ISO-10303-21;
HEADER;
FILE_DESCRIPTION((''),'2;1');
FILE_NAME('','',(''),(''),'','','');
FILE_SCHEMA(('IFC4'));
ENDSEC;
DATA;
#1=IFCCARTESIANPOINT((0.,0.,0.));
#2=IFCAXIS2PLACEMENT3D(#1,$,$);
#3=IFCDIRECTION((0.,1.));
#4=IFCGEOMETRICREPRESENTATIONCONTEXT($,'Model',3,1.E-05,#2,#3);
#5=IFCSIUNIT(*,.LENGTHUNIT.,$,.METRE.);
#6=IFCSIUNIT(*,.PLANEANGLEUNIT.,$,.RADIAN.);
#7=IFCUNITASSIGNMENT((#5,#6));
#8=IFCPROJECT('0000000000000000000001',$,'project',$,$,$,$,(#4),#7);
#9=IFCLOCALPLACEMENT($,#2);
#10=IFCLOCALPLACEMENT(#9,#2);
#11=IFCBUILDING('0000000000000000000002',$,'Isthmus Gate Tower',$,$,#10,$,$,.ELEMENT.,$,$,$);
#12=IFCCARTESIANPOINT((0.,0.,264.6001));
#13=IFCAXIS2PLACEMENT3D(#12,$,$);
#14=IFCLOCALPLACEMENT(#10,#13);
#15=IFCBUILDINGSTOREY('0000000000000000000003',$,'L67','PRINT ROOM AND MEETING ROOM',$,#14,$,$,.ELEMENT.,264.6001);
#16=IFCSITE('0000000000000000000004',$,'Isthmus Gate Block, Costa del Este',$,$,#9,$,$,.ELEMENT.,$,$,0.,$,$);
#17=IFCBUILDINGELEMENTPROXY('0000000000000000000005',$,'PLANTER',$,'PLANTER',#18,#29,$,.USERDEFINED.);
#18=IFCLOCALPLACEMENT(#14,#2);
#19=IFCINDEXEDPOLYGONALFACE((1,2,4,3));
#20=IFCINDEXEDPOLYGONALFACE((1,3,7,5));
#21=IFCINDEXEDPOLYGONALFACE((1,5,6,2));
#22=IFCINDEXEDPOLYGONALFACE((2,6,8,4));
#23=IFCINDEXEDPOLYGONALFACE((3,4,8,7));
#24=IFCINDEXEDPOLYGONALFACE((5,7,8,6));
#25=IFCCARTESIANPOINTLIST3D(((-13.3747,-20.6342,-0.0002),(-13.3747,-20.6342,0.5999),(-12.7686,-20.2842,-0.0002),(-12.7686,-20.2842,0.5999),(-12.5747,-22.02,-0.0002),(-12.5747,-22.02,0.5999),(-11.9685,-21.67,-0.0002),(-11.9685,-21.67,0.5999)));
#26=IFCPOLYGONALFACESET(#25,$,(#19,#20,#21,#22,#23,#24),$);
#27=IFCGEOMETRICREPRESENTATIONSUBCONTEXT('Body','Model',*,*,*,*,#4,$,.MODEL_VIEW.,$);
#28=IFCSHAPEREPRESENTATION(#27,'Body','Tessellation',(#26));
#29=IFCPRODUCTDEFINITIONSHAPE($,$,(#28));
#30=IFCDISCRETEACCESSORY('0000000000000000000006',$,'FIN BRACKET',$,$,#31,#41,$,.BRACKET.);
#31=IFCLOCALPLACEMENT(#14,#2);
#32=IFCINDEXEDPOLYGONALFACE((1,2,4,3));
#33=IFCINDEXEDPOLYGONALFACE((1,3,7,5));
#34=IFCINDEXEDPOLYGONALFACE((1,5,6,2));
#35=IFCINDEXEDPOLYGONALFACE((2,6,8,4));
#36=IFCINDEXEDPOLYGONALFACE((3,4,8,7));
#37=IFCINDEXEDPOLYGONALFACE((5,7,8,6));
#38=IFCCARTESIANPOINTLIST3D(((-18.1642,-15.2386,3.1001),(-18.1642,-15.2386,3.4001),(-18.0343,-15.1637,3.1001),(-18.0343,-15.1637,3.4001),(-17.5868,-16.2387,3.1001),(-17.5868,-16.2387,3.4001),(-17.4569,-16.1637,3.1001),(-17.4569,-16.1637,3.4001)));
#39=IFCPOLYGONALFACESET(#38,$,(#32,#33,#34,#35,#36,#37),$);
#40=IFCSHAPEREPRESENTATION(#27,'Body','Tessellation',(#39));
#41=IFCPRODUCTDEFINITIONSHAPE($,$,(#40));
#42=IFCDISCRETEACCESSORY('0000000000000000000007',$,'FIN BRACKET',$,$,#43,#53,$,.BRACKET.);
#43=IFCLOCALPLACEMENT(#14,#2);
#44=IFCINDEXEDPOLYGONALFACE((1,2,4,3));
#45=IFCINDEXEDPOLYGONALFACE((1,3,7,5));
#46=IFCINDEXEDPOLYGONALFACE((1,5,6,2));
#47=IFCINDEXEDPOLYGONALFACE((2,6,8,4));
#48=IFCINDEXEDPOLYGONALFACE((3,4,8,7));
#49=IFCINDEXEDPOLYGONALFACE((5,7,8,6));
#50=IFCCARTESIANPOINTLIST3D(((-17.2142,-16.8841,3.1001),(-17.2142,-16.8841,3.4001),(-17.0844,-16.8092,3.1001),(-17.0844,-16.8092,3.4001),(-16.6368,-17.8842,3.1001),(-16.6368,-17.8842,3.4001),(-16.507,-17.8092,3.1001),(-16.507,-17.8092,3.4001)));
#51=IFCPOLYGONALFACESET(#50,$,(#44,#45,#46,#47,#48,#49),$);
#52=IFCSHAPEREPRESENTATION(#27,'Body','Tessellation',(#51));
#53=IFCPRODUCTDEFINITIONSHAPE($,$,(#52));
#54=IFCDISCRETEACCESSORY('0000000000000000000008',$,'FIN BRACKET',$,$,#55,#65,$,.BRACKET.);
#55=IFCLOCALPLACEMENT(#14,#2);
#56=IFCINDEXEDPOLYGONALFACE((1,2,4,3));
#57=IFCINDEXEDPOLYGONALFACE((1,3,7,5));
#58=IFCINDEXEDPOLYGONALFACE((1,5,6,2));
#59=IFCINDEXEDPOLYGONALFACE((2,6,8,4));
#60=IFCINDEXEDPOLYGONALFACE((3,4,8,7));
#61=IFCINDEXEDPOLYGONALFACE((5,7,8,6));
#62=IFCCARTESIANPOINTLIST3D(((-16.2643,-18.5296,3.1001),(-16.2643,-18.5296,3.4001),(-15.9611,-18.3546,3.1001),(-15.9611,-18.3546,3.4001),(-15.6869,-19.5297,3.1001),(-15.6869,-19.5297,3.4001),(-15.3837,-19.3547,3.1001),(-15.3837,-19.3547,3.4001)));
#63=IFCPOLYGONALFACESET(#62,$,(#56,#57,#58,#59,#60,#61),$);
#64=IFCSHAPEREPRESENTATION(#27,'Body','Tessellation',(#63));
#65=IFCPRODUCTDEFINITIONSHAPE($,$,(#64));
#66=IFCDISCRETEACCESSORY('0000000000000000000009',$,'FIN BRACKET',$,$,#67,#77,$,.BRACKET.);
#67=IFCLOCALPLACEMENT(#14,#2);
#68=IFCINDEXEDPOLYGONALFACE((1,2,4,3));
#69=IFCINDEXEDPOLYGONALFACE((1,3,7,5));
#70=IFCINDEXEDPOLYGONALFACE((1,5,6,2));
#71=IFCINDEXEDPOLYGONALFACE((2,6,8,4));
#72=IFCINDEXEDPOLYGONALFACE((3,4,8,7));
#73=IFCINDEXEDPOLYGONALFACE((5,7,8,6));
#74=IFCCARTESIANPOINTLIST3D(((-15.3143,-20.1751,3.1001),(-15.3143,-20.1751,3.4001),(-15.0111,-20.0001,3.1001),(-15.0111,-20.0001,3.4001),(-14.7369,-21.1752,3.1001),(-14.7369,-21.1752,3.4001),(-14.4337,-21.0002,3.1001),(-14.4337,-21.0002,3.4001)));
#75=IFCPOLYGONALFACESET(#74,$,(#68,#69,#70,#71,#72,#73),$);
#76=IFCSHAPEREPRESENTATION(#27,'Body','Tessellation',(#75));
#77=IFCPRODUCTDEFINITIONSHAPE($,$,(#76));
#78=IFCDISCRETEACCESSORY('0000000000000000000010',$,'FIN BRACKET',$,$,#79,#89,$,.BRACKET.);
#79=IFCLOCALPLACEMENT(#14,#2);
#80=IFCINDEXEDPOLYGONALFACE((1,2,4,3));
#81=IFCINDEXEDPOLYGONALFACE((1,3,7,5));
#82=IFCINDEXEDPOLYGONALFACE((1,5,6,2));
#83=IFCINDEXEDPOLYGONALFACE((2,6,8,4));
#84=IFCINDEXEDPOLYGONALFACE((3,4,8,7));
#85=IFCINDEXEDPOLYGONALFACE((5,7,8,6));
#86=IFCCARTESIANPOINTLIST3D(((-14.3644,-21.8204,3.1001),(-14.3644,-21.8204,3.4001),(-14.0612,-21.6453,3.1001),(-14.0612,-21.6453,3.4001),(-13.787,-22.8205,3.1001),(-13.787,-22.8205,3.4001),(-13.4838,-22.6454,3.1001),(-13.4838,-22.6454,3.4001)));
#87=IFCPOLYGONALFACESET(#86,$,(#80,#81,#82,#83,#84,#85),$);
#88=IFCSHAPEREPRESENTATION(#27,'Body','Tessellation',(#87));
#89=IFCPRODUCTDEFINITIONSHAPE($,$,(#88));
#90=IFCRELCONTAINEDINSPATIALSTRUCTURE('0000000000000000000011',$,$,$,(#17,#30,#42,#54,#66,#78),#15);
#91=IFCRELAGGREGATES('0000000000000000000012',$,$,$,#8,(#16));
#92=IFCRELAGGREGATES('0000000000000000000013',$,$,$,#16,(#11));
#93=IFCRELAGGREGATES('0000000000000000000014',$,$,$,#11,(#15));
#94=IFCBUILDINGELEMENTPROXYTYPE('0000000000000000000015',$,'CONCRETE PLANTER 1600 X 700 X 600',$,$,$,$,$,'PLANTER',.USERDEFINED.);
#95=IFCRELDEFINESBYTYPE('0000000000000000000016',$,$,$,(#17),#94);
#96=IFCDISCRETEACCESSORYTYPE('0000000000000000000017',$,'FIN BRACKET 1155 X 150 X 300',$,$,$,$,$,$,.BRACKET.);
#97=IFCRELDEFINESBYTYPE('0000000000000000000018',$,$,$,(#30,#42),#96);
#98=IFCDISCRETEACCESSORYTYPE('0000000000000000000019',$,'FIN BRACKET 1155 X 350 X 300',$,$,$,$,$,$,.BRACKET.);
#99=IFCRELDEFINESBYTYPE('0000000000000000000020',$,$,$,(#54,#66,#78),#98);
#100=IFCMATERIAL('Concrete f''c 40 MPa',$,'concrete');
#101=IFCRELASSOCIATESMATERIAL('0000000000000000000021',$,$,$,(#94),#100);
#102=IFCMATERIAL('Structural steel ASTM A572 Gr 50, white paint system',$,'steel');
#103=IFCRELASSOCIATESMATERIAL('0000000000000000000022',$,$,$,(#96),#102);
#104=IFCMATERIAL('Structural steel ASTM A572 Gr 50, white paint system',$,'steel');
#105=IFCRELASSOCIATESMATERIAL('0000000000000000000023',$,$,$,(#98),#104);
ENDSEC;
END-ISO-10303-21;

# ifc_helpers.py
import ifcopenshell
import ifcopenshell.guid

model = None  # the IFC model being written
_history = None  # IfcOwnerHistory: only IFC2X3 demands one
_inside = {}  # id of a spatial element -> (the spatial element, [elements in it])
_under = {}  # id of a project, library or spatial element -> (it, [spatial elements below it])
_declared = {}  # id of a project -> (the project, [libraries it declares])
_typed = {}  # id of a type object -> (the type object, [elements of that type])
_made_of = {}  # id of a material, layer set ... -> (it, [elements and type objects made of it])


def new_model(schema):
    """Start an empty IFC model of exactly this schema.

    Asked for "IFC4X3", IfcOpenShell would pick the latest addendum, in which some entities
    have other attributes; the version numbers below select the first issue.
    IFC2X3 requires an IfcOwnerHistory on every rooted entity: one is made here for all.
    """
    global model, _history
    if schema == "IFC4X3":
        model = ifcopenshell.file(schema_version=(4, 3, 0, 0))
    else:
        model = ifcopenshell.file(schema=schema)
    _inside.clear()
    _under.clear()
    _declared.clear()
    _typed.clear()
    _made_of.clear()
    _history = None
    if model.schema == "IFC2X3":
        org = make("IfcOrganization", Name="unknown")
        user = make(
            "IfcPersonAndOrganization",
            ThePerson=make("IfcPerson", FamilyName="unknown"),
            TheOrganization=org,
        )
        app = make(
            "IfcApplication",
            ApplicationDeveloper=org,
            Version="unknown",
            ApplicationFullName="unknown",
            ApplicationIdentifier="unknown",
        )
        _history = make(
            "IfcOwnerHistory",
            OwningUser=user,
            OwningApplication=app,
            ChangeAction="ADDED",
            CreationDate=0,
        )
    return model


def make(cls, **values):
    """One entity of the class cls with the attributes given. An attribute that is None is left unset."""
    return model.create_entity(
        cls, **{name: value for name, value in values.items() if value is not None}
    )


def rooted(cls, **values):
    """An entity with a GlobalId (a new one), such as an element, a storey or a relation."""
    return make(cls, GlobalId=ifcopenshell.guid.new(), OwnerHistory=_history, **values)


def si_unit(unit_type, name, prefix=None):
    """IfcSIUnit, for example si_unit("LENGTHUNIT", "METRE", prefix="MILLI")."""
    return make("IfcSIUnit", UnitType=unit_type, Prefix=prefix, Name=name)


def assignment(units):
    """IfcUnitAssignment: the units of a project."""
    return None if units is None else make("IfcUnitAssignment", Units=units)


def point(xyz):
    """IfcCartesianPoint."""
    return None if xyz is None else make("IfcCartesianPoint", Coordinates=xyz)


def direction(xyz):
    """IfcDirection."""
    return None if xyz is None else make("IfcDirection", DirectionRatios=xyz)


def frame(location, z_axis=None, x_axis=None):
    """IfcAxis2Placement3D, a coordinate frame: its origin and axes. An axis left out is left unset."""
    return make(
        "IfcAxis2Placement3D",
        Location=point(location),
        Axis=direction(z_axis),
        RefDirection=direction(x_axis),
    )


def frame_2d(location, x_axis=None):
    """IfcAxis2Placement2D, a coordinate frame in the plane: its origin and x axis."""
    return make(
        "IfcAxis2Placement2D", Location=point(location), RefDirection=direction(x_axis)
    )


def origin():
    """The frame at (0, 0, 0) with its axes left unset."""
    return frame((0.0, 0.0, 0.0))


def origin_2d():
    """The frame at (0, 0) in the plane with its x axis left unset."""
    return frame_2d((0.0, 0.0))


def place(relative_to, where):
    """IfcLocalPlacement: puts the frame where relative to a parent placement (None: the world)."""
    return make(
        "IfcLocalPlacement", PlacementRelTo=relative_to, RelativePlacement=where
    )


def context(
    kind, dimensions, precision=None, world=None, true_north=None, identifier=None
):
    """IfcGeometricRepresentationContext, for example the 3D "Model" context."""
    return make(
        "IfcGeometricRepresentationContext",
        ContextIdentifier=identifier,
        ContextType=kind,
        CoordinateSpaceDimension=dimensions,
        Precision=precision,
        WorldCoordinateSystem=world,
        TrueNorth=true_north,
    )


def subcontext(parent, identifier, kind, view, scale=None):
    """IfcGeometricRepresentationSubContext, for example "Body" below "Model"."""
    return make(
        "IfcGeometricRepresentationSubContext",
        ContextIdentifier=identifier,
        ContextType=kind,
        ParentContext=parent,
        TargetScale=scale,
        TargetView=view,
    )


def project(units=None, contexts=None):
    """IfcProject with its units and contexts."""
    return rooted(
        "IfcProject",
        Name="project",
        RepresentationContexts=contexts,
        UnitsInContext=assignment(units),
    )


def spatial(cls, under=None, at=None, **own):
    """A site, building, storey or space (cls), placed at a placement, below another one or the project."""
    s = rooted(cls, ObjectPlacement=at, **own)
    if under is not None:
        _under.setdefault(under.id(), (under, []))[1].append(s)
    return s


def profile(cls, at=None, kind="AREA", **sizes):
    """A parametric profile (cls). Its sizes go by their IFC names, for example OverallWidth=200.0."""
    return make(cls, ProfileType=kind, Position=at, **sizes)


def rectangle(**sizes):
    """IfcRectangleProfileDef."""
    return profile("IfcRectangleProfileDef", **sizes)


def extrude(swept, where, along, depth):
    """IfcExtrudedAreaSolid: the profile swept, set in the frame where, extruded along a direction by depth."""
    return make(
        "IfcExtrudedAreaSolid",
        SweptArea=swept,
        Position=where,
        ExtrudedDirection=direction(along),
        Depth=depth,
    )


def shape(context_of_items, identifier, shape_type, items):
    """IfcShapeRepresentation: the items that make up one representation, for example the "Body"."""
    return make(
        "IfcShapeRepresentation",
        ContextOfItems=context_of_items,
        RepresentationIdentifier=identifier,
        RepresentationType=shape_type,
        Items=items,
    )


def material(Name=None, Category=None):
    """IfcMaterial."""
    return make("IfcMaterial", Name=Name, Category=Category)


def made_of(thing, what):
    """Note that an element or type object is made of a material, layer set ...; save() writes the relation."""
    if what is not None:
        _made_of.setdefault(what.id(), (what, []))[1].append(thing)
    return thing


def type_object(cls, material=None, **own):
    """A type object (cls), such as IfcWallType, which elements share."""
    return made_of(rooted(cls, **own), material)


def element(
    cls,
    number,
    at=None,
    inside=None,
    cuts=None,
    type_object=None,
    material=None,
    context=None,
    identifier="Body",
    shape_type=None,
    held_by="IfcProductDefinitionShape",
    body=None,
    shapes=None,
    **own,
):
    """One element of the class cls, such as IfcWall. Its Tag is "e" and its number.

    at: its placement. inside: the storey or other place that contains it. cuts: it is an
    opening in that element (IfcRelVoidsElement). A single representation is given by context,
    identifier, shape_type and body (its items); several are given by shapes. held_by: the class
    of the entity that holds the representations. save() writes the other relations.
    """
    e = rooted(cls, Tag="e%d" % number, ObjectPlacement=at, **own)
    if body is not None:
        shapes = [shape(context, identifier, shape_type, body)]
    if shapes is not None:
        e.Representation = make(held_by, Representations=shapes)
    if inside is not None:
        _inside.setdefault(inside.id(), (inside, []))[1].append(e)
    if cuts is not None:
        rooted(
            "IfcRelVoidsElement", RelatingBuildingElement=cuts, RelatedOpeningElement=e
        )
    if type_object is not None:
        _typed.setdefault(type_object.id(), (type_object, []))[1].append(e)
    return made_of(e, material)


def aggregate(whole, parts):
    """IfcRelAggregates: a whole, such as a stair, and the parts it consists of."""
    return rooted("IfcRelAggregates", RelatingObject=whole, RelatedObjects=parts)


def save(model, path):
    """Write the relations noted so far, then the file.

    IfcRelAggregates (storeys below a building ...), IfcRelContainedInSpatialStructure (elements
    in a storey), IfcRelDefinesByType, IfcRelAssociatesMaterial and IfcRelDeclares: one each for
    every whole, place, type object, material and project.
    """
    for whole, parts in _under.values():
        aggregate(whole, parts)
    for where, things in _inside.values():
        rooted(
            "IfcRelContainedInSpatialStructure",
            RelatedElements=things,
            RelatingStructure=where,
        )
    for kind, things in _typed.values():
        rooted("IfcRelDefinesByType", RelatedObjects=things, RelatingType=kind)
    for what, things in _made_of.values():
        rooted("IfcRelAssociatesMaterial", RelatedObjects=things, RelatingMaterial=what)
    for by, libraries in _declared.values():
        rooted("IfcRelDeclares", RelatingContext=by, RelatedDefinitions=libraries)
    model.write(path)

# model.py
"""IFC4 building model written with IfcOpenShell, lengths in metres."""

from ifc_helpers import new_model, si_unit, direction, frame, origin, origin_2d, place, context, subcontext, project, spatial, rectangle, extrude, material, type_object, element, save


model = new_model("IFC4")

# Units and contexts
model_context = context("Model", 3, precision=1e-05, world=origin(), true_north=direction((0.0, 1.0)))
body_context = subcontext(model_context, "Body", "Model", "MODEL_VIEW")
ifc_project = project(units=[si_unit("LENGTHUNIT", "METRE"), si_unit("PLANEANGLEUNIT", "RADIAN")], contexts=[model_context])

# Site, building, storey
site_placement = place(None, origin())
site = spatial("IfcSite", under=ifc_project, at=site_placement, Name="Isthmus Gate Block, Costa del Este", CompositionType="ELEMENT", RefElevation=0.0)
building_placement = place(site_placement, origin())
building = spatial("IfcBuilding", under=site, at=building_placement, Name="Isthmus Gate Tower", CompositionType="ELEMENT")
storey_placement = place(building_placement, frame((0.0, 0.0, 264.6001)))
storey = spatial("IfcBuildingStorey", under=building, at=storey_placement, Name="L67", Description="PRINT ROOM AND MEETING ROOM", CompositionType="ELEMENT", Elevation=264.6001)

# Building element proxy
ifc_material_1 = material(Name="Concrete f'c 40 MPa", Category="concrete")
building_element_proxy_type = type_object("IfcBuildingElementProxyType", Name="CONCRETE PLANTER 1600 X 700 X 600", ElementType="PLANTER", PredefinedType="USERDEFINED", material=ifc_material_1)
for number, where, z_axis, x_axis, name in (
    (1, (-12.6716, -21.1521, -0.0002), (0.0, 0.0, 1.0), (0.5, -0.866025, 0.0), "PLANTER"),
):
    element("IfcBuildingElementProxy", number, at=place(storey_placement, frame(where, z_axis=z_axis, x_axis=x_axis)), inside=storey, type_object=building_element_proxy_type, Name=name, ObjectType="PLANTER", PredefinedType="USERDEFINED", context=body_context, shape_type="SweptSolid", body=[
        extrude(rectangle(XDim=1.6001, YDim=0.7, at=origin_2d()), origin(), (0.0, 0.0, 1.0), 0.6001),
    ])

# Discrete accessories
ifc_material_2 = material(Name="Structural steel ASTM A572 Gr 50, white paint system", Category="steel")
discrete_accessory_type_1 = type_object("IfcDiscreteAccessoryType", Name="FIN BRACKET 1155 X 150 X 300", PredefinedType="BRACKET", material=ifc_material_2)
for number, where, z_axis, x_axis, name in (
    (2, (-17.8105, -15.7012, 3.1001), (0.0, 0.0, 1.0), (-0.866025, -0.5, 0.0), "FIN BRACKET"),
    (3, (-16.8606, -17.3467, 3.1001), (0.0, 0.0, 1.0), (-0.866025, -0.5, 0.0), "FIN BRACKET"),
):
    element("IfcDiscreteAccessory", number, at=place(storey_placement, frame(where, z_axis=z_axis, x_axis=x_axis)), inside=storey, type_object=discrete_accessory_type_1, Name=name, PredefinedType="BRACKET", context=body_context, shape_type="SweptSolid", body=[
        extrude(rectangle(XDim=0.1499, YDim=1.1548, at=origin_2d()), origin(), (0.0, 0.0, 1.0), 0.3),
    ])
ifc_material_3 = material(Name="Structural steel ASTM A572 Gr 50, white paint system", Category="steel")
discrete_accessory_type_2 = type_object("IfcDiscreteAccessoryType", Name="FIN BRACKET 1155 X 350 X 300", PredefinedType="BRACKET", material=ifc_material_3)
for number, where, z_axis, x_axis, name in (
    (4, (-15.824, -18.9421, 3.1001), (0.0, 0.0, 1.0), (-0.866025, -0.5, 0.0), "FIN BRACKET"),
    (5, (-14.874, -20.5876, 3.1001), (0.0, 0.0, 1.0), (-0.866025, -0.5, 0.0), "FIN BRACKET"),
    (6, (-13.9241, -22.2329, 3.1001), (0.0, 0.0, 1.0), (-0.866025, -0.5, 0.0), "FIN BRACKET"),
):
    element("IfcDiscreteAccessory", number, at=place(storey_placement, frame(where, z_axis=z_axis, x_axis=x_axis)), inside=storey, type_object=discrete_accessory_type_2, Name=name, PredefinedType="BRACKET", context=body_context, shape_type="SweptSolid", body=[
        extrude(rectangle(XDim=0.3501, YDim=1.1548, at=origin_2d()), origin(), (0.0, 0.0, 1.0), 0.3),
    ])

save(model, "model.ifc")
